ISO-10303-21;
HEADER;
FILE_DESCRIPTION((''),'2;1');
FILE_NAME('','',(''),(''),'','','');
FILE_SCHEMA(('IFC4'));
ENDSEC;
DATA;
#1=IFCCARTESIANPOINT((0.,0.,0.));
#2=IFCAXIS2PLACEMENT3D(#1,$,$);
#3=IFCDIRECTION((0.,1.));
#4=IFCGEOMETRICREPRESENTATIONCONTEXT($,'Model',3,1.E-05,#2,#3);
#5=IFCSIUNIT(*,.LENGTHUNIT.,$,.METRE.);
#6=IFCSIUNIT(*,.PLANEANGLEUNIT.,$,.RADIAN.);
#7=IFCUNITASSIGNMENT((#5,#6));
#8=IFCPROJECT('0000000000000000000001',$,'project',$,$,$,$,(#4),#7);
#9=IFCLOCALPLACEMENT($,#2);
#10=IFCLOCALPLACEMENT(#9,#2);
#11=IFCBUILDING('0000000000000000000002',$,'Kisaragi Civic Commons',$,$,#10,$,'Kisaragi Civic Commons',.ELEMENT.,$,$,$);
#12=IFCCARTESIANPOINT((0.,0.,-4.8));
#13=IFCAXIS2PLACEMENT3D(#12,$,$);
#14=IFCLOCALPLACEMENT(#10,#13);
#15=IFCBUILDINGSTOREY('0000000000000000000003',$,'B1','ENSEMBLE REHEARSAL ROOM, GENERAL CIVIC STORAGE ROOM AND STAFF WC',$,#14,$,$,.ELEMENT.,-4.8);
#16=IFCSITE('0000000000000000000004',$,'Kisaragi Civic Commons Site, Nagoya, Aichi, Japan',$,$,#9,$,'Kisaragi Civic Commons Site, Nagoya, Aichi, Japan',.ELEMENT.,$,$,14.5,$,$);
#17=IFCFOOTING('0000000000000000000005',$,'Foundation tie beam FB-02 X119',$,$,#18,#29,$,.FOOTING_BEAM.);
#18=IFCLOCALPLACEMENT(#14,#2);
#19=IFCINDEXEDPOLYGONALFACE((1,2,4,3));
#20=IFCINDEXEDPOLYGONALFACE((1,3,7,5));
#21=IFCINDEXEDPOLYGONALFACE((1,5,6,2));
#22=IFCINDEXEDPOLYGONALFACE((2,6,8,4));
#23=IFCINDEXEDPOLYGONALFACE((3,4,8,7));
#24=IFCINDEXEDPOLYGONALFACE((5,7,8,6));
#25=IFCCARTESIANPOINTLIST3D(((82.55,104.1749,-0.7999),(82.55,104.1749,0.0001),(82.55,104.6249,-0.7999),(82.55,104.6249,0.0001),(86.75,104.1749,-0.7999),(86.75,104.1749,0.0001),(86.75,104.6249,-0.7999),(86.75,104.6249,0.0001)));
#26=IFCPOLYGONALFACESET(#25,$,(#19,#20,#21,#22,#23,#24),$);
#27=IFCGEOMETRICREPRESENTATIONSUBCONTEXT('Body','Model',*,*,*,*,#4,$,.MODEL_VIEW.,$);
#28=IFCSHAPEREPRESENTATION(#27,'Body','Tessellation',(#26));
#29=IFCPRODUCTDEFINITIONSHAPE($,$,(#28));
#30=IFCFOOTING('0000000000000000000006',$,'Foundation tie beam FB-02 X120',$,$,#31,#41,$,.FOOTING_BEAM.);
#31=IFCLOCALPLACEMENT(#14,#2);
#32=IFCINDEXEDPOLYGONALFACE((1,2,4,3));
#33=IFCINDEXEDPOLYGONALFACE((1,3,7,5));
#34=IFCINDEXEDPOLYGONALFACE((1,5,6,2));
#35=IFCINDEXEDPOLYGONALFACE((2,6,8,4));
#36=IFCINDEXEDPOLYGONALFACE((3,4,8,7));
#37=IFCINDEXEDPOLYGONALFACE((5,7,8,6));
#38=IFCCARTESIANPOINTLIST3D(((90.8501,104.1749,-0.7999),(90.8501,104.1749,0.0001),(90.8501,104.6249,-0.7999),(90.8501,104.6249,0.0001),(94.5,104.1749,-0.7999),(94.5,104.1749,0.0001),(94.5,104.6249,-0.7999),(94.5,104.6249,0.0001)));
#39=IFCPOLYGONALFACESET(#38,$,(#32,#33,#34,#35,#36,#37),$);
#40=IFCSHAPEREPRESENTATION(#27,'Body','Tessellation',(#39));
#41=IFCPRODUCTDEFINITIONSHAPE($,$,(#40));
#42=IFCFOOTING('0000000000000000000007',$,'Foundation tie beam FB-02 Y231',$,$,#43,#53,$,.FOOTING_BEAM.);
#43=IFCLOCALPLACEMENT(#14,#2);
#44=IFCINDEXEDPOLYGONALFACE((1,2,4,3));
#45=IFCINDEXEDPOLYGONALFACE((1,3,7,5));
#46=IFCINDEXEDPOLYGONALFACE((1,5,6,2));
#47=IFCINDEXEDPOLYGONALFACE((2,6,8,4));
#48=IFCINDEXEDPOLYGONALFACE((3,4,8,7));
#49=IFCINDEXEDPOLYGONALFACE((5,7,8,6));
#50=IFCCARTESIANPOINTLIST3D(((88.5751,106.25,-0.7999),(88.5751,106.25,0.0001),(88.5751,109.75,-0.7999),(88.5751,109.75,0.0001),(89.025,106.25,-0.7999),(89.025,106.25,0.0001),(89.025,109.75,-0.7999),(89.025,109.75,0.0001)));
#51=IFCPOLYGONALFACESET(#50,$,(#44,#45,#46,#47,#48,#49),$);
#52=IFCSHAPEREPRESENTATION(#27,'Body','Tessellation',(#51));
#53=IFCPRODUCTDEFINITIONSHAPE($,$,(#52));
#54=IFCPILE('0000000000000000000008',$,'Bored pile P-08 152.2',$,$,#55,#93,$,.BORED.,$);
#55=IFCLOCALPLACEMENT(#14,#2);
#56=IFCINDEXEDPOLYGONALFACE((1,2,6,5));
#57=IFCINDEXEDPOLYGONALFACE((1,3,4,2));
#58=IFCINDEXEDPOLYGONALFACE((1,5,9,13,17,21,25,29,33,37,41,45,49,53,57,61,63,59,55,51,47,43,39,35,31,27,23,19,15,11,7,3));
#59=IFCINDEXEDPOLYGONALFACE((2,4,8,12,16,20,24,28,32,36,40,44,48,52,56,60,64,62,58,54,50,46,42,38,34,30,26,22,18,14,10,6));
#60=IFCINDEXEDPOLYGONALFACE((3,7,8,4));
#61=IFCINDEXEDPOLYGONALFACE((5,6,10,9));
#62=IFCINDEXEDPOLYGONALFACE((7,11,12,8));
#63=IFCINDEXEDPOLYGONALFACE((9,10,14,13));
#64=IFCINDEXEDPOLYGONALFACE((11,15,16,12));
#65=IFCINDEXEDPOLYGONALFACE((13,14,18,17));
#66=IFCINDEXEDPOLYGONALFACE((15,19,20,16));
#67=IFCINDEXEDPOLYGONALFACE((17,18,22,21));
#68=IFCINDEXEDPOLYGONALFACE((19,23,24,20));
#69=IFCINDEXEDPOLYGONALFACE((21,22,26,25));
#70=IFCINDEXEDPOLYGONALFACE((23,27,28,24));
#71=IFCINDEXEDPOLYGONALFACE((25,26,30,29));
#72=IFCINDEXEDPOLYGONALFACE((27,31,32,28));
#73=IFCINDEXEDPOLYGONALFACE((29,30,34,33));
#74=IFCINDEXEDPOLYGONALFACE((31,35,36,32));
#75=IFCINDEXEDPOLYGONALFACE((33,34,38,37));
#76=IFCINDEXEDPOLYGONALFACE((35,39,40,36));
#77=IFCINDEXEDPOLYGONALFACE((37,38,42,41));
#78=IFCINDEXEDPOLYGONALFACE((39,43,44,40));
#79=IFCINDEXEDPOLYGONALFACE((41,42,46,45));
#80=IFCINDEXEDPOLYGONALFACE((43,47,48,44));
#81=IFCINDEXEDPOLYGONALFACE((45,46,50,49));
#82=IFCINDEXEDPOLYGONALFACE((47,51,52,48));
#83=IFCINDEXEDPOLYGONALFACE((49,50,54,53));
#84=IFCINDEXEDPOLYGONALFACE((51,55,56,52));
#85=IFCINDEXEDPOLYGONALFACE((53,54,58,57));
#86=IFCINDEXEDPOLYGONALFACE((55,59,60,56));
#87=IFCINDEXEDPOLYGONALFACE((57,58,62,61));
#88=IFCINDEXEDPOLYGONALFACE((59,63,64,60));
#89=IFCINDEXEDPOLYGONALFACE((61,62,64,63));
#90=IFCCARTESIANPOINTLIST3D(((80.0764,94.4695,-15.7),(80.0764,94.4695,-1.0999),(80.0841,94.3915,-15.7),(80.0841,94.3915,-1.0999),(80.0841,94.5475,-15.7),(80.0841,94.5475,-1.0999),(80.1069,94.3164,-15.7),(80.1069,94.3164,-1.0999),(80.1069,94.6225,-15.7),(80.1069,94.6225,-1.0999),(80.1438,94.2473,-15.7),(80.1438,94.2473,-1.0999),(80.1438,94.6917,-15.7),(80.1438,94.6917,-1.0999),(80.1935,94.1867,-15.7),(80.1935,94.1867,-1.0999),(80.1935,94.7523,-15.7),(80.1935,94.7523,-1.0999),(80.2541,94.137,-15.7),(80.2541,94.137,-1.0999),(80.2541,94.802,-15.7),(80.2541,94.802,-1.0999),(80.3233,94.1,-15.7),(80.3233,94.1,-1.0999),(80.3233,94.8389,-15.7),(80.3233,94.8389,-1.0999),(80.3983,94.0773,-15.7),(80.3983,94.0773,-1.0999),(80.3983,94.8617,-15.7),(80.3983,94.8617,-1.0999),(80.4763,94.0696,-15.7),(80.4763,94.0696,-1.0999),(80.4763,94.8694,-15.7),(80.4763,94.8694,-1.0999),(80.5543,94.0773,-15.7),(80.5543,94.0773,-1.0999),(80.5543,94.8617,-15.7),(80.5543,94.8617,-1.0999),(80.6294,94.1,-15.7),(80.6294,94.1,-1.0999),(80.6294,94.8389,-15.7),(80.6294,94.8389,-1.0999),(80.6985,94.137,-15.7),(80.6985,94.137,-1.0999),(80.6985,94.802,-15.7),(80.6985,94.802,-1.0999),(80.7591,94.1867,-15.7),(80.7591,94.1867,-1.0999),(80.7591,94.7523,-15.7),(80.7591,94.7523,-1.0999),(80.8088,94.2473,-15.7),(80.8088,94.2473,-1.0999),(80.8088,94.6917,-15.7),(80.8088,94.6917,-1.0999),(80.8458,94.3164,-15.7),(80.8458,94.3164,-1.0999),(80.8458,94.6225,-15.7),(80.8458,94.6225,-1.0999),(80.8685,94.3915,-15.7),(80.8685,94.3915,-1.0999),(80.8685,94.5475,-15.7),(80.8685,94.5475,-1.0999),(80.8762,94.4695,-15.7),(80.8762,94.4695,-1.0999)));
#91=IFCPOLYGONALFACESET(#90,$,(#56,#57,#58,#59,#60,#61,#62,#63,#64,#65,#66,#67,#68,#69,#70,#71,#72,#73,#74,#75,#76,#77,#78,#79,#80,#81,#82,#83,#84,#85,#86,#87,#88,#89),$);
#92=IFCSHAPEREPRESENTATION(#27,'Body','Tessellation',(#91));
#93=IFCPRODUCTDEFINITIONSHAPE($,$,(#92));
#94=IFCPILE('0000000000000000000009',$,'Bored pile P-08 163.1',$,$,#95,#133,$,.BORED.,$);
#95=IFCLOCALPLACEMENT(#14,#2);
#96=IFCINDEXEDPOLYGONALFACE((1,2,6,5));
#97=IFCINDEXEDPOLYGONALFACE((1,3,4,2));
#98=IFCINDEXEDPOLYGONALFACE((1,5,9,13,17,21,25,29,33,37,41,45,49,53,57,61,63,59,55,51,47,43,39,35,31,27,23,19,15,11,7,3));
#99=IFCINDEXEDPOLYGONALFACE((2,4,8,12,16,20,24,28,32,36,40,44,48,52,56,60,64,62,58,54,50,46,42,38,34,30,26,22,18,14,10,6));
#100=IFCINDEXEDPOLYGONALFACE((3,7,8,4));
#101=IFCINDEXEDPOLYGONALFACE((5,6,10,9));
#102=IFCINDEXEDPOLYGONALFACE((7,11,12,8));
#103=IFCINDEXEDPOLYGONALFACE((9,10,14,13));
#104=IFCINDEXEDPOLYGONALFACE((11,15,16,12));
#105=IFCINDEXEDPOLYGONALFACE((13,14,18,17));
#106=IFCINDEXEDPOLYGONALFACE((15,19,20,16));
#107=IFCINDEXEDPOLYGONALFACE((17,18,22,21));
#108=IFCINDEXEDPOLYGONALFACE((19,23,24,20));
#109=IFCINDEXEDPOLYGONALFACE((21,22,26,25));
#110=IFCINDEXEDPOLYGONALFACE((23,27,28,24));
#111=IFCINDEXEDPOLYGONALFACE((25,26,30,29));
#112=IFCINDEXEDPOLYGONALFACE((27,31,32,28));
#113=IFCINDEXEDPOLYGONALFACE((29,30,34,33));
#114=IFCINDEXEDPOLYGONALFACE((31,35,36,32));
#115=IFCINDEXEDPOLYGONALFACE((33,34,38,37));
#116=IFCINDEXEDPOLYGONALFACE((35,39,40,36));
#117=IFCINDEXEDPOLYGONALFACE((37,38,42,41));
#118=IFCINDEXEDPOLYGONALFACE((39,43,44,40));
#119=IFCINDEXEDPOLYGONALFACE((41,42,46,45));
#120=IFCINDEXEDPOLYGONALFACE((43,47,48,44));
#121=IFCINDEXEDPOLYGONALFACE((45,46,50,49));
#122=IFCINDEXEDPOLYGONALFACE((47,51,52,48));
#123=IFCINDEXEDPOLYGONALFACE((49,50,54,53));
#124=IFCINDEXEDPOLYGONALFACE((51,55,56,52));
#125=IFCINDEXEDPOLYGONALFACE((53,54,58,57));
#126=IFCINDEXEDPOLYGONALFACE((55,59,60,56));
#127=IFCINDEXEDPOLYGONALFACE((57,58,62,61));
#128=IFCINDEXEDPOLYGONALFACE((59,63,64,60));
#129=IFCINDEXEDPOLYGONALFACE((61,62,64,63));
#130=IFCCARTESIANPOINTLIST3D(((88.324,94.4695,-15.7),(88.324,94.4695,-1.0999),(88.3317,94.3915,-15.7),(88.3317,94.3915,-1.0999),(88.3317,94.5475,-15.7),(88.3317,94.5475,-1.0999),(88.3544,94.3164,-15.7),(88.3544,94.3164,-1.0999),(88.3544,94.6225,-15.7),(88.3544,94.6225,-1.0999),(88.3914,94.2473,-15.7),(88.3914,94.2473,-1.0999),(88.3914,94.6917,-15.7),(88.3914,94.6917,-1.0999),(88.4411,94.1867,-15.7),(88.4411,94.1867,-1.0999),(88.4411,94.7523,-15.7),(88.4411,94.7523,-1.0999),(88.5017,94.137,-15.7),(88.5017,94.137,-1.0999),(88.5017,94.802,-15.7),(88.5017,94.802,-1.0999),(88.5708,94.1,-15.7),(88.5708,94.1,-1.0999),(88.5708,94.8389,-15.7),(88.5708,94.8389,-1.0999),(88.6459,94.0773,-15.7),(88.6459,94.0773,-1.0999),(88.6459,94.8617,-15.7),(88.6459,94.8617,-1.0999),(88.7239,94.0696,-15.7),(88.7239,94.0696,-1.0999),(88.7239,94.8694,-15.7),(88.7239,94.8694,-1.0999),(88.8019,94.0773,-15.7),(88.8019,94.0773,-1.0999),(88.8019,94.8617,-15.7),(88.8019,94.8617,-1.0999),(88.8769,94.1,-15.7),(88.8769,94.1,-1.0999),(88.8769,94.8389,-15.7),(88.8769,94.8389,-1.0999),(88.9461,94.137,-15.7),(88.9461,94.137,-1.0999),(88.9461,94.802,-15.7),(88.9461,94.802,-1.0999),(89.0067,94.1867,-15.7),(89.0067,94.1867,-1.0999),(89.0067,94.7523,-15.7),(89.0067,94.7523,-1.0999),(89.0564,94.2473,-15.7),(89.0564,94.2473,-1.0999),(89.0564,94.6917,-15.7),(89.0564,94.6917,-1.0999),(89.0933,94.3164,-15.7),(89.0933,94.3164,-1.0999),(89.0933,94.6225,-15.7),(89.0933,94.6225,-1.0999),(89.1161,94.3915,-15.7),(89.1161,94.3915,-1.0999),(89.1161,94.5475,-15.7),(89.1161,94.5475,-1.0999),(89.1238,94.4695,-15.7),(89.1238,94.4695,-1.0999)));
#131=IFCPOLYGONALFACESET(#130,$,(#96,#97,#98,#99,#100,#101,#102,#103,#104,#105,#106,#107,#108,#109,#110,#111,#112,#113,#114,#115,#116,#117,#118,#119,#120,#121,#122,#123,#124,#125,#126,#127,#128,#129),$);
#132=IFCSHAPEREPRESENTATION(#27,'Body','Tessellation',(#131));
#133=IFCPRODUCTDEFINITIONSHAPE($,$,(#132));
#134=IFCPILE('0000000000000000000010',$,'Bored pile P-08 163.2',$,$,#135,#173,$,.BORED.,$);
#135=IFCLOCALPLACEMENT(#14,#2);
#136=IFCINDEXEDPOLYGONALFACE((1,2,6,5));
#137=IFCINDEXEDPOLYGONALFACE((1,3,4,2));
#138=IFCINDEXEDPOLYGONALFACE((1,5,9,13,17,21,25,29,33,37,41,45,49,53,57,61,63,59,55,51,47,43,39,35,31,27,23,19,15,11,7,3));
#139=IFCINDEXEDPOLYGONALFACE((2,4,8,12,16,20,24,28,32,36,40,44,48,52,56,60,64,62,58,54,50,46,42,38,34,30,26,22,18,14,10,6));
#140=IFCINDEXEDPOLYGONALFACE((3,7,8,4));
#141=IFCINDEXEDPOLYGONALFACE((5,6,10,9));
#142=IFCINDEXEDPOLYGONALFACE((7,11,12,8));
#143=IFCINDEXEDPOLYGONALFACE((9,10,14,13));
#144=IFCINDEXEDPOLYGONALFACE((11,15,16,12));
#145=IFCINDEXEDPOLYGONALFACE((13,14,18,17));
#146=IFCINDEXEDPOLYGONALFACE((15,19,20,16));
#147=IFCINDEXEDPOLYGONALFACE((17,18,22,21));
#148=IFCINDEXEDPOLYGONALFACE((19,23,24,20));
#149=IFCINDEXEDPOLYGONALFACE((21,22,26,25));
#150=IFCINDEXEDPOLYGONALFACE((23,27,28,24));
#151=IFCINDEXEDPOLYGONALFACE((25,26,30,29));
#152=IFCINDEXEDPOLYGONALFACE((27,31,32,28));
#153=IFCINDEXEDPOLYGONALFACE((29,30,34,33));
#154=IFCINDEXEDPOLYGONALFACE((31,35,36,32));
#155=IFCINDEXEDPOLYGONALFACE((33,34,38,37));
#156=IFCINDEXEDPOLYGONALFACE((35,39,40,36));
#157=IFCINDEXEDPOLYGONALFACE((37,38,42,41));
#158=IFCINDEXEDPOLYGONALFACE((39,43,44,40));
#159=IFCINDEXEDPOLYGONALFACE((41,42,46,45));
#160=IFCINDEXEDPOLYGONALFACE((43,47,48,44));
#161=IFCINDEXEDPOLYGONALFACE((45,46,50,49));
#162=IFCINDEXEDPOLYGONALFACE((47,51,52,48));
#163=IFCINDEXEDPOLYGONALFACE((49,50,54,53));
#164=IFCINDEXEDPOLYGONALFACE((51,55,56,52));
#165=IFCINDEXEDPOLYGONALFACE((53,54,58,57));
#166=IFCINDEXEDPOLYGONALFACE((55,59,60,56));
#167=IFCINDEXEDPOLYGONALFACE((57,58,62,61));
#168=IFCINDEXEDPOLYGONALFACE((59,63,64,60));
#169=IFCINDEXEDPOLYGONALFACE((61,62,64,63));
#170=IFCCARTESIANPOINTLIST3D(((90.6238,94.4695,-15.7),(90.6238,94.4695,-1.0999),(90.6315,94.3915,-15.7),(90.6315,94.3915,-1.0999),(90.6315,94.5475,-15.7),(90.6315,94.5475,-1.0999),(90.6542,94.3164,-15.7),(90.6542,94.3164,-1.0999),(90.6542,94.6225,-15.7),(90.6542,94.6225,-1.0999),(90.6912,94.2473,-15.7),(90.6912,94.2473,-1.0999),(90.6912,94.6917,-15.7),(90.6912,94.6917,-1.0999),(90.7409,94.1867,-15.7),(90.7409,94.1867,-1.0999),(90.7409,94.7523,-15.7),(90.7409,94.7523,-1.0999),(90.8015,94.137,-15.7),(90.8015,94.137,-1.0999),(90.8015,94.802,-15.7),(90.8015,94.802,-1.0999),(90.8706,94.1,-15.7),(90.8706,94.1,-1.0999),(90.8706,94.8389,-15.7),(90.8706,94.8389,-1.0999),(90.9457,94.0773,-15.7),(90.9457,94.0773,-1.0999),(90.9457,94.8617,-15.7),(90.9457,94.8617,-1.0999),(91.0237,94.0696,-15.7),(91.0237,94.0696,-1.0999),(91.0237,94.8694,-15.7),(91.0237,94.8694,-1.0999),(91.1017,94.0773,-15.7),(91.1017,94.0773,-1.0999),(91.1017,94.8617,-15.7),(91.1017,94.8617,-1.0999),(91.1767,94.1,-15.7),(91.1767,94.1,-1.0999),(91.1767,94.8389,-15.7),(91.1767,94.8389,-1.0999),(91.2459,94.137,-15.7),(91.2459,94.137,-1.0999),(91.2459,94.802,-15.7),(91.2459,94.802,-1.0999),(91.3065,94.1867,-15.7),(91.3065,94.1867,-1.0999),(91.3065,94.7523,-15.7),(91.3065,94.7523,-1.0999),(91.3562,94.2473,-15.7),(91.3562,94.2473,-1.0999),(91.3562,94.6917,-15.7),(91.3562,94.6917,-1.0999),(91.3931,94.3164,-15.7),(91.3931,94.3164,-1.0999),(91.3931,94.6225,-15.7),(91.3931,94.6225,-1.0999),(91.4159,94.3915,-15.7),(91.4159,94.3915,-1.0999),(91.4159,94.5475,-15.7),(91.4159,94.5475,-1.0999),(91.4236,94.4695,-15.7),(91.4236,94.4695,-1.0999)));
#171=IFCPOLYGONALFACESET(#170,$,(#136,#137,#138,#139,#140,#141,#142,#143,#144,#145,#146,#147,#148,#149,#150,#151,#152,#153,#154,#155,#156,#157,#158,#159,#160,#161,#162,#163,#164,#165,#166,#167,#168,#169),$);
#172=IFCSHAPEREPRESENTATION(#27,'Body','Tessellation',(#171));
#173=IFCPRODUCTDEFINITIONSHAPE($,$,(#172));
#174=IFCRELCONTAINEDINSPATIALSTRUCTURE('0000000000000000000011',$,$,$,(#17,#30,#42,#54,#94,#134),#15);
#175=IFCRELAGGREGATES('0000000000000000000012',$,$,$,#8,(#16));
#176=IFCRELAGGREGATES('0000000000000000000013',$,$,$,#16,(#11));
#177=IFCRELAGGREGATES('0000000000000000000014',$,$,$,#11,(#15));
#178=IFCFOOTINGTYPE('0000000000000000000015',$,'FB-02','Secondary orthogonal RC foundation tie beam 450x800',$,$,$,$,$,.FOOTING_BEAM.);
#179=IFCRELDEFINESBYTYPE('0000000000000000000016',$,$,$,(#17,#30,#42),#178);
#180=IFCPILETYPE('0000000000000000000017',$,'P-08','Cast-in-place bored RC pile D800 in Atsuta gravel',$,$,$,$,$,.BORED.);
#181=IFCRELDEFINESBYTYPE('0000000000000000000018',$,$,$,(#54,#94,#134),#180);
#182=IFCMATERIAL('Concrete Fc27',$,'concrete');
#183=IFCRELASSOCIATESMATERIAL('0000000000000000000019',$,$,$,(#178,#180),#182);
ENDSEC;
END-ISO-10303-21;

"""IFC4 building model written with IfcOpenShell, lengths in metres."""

from ifc_helpers import new_model, si_unit, direction, frame, origin, origin_2d, place, context, subcontext, project, spatial, rectangle, circle, extrude, material, material_profile, profile_set, type_object, element, save


model = new_model("IFC4")

# Units and contexts
model_context = context("Model", 3, precision=1e-05, world=origin(), true_north=direction((0.0, 1.0)))
body_context = subcontext(model_context, "Body", "Model", "MODEL_VIEW")
ifc_project = project(units=[si_unit("LENGTHUNIT", "METRE"), si_unit("PLANEANGLEUNIT", "RADIAN")], contexts=[model_context])

# Site, building, storey
site_placement = place(None, origin())
site = spatial("IfcSite", under=ifc_project, at=site_placement, Name="Kisaragi Civic Commons Site, Nagoya, Aichi, Japan", LongName="Kisaragi Civic Commons Site, Nagoya, Aichi, Japan", CompositionType="ELEMENT", RefElevation=14.5)
building_placement = place(site_placement, origin())
building = spatial("IfcBuilding", under=site, at=building_placement, Name="Kisaragi Civic Commons", LongName="Kisaragi Civic Commons", CompositionType="ELEMENT")
storey_placement = place(building_placement, frame((0.0, 0.0, -4.8)))
storey = spatial("IfcBuildingStorey", under=building, at=storey_placement, Name="B1", Description="ENSEMBLE REHEARSAL ROOM, GENERAL CIVIC STORAGE ROOM AND STAFF WC", CompositionType="ELEMENT", Elevation=-4.8)

# Footings
ifc_material_1 = material(Name="Concrete Fc27", Category="concrete")
ifc_material_profile_1 = material_profile(ifc_material_1, rectangle(XDim=0.45, YDim=0.8, at=origin_2d()), Name="RC-450x800", Category="concrete")
ifc_profile_set_1 = profile_set([ifc_material_profile_1], Name="Concrete Fc27")
footing_type_1 = type_object("IfcFootingType", Name="FB-02", Description="Secondary orthogonal RC foundation tie beam 450x800", PredefinedType="FOOTING_BEAM", material=ifc_profile_set_1)
footing_1_placement = place(storey_placement, frame((82.55, 104.3999, -0.3999), z_axis=(1.0, 0.0, 0.0), x_axis=(0.0, 1.0, 0.0)))
element("IfcFooting", 1, at=footing_1_placement, inside=storey, type_object=footing_type_1, Name="Foundation tie beam FB-02 X119", PredefinedType="FOOTING_BEAM", context=body_context, shape_type="SweptSolid", body=[
    extrude(rectangle(XDim=0.45, YDim=0.8, at=origin_2d()), origin(), (0.0, 0.0, 1.0), 4.2),
])
footing_2_placement = place(storey_placement, frame((90.8501, 104.3999, -0.3999), z_axis=(1.0, 0.0, 0.0), x_axis=(0.0, 1.0, 0.0)))
element("IfcFooting", 2, at=footing_2_placement, inside=storey, type_object=footing_type_1, Name="Foundation tie beam FB-02 X120", PredefinedType="FOOTING_BEAM", context=body_context, shape_type="SweptSolid", body=[
    extrude(rectangle(XDim=0.45, YDim=0.8, at=origin_2d()), origin(), (0.0, 0.0, 1.0), 3.6499),
])
footing_3_placement = place(storey_placement, frame((88.8, 106.25, -0.3999), z_axis=(0.0, 1.0, 0.0), x_axis=(-1.0, 0.0, 0.0)))
element("IfcFooting", 3, at=footing_3_placement, inside=storey, type_object=footing_type_1, Name="Foundation tie beam FB-02 Y231", PredefinedType="FOOTING_BEAM", context=body_context, shape_type="SweptSolid", body=[
    extrude(rectangle(XDim=0.45, YDim=0.8, at=origin_2d()), origin(), (0.0, 0.0, 1.0), 3.5),
])

# Piles
ifc_material_profile_2 = material_profile(ifc_material_1, circle(Radius=0.3999, at=origin_2d()), Name="PILE-D800", Category="concrete")
ifc_profile_set_2 = profile_set([ifc_material_profile_2], Name="Concrete Fc27")
pile_type_1 = type_object("IfcPileType", Name="P-08", Description="Cast-in-place bored RC pile D800 in Atsuta gravel", PredefinedType="BORED", material=ifc_profile_set_2)
for number, where, z_axis, x_axis, name in (
    (4, (80.4763, 94.4695, -1.0999), (0.0, 0.0, -1.0), (1.0, 0.0, 0.0), "Bored pile P-08 152.2"),
    (5, (88.7239, 94.4695, -1.0999), (0.0, 0.0, -1.0), (1.0, 0.0, 0.0), "Bored pile P-08 163.1"),
    (6, (91.0237, 94.4695, -1.0999), (0.0, 0.0, -1.0), (1.0, 0.0, 0.0), "Bored pile P-08 163.2"),
):
    element("IfcPile", number, at=place(storey_placement, frame(where, z_axis=z_axis, x_axis=x_axis)), inside=storey, type_object=pile_type_1, Name=name, PredefinedType="BORED", context=body_context, shape_type="SweptSolid", body=[
        extrude(circle(Radius=0.3999, at=origin_2d()), origin(), (0.0, 0.0, 1.0), 14.6001),
    ])

save(model, "model.ifc")
